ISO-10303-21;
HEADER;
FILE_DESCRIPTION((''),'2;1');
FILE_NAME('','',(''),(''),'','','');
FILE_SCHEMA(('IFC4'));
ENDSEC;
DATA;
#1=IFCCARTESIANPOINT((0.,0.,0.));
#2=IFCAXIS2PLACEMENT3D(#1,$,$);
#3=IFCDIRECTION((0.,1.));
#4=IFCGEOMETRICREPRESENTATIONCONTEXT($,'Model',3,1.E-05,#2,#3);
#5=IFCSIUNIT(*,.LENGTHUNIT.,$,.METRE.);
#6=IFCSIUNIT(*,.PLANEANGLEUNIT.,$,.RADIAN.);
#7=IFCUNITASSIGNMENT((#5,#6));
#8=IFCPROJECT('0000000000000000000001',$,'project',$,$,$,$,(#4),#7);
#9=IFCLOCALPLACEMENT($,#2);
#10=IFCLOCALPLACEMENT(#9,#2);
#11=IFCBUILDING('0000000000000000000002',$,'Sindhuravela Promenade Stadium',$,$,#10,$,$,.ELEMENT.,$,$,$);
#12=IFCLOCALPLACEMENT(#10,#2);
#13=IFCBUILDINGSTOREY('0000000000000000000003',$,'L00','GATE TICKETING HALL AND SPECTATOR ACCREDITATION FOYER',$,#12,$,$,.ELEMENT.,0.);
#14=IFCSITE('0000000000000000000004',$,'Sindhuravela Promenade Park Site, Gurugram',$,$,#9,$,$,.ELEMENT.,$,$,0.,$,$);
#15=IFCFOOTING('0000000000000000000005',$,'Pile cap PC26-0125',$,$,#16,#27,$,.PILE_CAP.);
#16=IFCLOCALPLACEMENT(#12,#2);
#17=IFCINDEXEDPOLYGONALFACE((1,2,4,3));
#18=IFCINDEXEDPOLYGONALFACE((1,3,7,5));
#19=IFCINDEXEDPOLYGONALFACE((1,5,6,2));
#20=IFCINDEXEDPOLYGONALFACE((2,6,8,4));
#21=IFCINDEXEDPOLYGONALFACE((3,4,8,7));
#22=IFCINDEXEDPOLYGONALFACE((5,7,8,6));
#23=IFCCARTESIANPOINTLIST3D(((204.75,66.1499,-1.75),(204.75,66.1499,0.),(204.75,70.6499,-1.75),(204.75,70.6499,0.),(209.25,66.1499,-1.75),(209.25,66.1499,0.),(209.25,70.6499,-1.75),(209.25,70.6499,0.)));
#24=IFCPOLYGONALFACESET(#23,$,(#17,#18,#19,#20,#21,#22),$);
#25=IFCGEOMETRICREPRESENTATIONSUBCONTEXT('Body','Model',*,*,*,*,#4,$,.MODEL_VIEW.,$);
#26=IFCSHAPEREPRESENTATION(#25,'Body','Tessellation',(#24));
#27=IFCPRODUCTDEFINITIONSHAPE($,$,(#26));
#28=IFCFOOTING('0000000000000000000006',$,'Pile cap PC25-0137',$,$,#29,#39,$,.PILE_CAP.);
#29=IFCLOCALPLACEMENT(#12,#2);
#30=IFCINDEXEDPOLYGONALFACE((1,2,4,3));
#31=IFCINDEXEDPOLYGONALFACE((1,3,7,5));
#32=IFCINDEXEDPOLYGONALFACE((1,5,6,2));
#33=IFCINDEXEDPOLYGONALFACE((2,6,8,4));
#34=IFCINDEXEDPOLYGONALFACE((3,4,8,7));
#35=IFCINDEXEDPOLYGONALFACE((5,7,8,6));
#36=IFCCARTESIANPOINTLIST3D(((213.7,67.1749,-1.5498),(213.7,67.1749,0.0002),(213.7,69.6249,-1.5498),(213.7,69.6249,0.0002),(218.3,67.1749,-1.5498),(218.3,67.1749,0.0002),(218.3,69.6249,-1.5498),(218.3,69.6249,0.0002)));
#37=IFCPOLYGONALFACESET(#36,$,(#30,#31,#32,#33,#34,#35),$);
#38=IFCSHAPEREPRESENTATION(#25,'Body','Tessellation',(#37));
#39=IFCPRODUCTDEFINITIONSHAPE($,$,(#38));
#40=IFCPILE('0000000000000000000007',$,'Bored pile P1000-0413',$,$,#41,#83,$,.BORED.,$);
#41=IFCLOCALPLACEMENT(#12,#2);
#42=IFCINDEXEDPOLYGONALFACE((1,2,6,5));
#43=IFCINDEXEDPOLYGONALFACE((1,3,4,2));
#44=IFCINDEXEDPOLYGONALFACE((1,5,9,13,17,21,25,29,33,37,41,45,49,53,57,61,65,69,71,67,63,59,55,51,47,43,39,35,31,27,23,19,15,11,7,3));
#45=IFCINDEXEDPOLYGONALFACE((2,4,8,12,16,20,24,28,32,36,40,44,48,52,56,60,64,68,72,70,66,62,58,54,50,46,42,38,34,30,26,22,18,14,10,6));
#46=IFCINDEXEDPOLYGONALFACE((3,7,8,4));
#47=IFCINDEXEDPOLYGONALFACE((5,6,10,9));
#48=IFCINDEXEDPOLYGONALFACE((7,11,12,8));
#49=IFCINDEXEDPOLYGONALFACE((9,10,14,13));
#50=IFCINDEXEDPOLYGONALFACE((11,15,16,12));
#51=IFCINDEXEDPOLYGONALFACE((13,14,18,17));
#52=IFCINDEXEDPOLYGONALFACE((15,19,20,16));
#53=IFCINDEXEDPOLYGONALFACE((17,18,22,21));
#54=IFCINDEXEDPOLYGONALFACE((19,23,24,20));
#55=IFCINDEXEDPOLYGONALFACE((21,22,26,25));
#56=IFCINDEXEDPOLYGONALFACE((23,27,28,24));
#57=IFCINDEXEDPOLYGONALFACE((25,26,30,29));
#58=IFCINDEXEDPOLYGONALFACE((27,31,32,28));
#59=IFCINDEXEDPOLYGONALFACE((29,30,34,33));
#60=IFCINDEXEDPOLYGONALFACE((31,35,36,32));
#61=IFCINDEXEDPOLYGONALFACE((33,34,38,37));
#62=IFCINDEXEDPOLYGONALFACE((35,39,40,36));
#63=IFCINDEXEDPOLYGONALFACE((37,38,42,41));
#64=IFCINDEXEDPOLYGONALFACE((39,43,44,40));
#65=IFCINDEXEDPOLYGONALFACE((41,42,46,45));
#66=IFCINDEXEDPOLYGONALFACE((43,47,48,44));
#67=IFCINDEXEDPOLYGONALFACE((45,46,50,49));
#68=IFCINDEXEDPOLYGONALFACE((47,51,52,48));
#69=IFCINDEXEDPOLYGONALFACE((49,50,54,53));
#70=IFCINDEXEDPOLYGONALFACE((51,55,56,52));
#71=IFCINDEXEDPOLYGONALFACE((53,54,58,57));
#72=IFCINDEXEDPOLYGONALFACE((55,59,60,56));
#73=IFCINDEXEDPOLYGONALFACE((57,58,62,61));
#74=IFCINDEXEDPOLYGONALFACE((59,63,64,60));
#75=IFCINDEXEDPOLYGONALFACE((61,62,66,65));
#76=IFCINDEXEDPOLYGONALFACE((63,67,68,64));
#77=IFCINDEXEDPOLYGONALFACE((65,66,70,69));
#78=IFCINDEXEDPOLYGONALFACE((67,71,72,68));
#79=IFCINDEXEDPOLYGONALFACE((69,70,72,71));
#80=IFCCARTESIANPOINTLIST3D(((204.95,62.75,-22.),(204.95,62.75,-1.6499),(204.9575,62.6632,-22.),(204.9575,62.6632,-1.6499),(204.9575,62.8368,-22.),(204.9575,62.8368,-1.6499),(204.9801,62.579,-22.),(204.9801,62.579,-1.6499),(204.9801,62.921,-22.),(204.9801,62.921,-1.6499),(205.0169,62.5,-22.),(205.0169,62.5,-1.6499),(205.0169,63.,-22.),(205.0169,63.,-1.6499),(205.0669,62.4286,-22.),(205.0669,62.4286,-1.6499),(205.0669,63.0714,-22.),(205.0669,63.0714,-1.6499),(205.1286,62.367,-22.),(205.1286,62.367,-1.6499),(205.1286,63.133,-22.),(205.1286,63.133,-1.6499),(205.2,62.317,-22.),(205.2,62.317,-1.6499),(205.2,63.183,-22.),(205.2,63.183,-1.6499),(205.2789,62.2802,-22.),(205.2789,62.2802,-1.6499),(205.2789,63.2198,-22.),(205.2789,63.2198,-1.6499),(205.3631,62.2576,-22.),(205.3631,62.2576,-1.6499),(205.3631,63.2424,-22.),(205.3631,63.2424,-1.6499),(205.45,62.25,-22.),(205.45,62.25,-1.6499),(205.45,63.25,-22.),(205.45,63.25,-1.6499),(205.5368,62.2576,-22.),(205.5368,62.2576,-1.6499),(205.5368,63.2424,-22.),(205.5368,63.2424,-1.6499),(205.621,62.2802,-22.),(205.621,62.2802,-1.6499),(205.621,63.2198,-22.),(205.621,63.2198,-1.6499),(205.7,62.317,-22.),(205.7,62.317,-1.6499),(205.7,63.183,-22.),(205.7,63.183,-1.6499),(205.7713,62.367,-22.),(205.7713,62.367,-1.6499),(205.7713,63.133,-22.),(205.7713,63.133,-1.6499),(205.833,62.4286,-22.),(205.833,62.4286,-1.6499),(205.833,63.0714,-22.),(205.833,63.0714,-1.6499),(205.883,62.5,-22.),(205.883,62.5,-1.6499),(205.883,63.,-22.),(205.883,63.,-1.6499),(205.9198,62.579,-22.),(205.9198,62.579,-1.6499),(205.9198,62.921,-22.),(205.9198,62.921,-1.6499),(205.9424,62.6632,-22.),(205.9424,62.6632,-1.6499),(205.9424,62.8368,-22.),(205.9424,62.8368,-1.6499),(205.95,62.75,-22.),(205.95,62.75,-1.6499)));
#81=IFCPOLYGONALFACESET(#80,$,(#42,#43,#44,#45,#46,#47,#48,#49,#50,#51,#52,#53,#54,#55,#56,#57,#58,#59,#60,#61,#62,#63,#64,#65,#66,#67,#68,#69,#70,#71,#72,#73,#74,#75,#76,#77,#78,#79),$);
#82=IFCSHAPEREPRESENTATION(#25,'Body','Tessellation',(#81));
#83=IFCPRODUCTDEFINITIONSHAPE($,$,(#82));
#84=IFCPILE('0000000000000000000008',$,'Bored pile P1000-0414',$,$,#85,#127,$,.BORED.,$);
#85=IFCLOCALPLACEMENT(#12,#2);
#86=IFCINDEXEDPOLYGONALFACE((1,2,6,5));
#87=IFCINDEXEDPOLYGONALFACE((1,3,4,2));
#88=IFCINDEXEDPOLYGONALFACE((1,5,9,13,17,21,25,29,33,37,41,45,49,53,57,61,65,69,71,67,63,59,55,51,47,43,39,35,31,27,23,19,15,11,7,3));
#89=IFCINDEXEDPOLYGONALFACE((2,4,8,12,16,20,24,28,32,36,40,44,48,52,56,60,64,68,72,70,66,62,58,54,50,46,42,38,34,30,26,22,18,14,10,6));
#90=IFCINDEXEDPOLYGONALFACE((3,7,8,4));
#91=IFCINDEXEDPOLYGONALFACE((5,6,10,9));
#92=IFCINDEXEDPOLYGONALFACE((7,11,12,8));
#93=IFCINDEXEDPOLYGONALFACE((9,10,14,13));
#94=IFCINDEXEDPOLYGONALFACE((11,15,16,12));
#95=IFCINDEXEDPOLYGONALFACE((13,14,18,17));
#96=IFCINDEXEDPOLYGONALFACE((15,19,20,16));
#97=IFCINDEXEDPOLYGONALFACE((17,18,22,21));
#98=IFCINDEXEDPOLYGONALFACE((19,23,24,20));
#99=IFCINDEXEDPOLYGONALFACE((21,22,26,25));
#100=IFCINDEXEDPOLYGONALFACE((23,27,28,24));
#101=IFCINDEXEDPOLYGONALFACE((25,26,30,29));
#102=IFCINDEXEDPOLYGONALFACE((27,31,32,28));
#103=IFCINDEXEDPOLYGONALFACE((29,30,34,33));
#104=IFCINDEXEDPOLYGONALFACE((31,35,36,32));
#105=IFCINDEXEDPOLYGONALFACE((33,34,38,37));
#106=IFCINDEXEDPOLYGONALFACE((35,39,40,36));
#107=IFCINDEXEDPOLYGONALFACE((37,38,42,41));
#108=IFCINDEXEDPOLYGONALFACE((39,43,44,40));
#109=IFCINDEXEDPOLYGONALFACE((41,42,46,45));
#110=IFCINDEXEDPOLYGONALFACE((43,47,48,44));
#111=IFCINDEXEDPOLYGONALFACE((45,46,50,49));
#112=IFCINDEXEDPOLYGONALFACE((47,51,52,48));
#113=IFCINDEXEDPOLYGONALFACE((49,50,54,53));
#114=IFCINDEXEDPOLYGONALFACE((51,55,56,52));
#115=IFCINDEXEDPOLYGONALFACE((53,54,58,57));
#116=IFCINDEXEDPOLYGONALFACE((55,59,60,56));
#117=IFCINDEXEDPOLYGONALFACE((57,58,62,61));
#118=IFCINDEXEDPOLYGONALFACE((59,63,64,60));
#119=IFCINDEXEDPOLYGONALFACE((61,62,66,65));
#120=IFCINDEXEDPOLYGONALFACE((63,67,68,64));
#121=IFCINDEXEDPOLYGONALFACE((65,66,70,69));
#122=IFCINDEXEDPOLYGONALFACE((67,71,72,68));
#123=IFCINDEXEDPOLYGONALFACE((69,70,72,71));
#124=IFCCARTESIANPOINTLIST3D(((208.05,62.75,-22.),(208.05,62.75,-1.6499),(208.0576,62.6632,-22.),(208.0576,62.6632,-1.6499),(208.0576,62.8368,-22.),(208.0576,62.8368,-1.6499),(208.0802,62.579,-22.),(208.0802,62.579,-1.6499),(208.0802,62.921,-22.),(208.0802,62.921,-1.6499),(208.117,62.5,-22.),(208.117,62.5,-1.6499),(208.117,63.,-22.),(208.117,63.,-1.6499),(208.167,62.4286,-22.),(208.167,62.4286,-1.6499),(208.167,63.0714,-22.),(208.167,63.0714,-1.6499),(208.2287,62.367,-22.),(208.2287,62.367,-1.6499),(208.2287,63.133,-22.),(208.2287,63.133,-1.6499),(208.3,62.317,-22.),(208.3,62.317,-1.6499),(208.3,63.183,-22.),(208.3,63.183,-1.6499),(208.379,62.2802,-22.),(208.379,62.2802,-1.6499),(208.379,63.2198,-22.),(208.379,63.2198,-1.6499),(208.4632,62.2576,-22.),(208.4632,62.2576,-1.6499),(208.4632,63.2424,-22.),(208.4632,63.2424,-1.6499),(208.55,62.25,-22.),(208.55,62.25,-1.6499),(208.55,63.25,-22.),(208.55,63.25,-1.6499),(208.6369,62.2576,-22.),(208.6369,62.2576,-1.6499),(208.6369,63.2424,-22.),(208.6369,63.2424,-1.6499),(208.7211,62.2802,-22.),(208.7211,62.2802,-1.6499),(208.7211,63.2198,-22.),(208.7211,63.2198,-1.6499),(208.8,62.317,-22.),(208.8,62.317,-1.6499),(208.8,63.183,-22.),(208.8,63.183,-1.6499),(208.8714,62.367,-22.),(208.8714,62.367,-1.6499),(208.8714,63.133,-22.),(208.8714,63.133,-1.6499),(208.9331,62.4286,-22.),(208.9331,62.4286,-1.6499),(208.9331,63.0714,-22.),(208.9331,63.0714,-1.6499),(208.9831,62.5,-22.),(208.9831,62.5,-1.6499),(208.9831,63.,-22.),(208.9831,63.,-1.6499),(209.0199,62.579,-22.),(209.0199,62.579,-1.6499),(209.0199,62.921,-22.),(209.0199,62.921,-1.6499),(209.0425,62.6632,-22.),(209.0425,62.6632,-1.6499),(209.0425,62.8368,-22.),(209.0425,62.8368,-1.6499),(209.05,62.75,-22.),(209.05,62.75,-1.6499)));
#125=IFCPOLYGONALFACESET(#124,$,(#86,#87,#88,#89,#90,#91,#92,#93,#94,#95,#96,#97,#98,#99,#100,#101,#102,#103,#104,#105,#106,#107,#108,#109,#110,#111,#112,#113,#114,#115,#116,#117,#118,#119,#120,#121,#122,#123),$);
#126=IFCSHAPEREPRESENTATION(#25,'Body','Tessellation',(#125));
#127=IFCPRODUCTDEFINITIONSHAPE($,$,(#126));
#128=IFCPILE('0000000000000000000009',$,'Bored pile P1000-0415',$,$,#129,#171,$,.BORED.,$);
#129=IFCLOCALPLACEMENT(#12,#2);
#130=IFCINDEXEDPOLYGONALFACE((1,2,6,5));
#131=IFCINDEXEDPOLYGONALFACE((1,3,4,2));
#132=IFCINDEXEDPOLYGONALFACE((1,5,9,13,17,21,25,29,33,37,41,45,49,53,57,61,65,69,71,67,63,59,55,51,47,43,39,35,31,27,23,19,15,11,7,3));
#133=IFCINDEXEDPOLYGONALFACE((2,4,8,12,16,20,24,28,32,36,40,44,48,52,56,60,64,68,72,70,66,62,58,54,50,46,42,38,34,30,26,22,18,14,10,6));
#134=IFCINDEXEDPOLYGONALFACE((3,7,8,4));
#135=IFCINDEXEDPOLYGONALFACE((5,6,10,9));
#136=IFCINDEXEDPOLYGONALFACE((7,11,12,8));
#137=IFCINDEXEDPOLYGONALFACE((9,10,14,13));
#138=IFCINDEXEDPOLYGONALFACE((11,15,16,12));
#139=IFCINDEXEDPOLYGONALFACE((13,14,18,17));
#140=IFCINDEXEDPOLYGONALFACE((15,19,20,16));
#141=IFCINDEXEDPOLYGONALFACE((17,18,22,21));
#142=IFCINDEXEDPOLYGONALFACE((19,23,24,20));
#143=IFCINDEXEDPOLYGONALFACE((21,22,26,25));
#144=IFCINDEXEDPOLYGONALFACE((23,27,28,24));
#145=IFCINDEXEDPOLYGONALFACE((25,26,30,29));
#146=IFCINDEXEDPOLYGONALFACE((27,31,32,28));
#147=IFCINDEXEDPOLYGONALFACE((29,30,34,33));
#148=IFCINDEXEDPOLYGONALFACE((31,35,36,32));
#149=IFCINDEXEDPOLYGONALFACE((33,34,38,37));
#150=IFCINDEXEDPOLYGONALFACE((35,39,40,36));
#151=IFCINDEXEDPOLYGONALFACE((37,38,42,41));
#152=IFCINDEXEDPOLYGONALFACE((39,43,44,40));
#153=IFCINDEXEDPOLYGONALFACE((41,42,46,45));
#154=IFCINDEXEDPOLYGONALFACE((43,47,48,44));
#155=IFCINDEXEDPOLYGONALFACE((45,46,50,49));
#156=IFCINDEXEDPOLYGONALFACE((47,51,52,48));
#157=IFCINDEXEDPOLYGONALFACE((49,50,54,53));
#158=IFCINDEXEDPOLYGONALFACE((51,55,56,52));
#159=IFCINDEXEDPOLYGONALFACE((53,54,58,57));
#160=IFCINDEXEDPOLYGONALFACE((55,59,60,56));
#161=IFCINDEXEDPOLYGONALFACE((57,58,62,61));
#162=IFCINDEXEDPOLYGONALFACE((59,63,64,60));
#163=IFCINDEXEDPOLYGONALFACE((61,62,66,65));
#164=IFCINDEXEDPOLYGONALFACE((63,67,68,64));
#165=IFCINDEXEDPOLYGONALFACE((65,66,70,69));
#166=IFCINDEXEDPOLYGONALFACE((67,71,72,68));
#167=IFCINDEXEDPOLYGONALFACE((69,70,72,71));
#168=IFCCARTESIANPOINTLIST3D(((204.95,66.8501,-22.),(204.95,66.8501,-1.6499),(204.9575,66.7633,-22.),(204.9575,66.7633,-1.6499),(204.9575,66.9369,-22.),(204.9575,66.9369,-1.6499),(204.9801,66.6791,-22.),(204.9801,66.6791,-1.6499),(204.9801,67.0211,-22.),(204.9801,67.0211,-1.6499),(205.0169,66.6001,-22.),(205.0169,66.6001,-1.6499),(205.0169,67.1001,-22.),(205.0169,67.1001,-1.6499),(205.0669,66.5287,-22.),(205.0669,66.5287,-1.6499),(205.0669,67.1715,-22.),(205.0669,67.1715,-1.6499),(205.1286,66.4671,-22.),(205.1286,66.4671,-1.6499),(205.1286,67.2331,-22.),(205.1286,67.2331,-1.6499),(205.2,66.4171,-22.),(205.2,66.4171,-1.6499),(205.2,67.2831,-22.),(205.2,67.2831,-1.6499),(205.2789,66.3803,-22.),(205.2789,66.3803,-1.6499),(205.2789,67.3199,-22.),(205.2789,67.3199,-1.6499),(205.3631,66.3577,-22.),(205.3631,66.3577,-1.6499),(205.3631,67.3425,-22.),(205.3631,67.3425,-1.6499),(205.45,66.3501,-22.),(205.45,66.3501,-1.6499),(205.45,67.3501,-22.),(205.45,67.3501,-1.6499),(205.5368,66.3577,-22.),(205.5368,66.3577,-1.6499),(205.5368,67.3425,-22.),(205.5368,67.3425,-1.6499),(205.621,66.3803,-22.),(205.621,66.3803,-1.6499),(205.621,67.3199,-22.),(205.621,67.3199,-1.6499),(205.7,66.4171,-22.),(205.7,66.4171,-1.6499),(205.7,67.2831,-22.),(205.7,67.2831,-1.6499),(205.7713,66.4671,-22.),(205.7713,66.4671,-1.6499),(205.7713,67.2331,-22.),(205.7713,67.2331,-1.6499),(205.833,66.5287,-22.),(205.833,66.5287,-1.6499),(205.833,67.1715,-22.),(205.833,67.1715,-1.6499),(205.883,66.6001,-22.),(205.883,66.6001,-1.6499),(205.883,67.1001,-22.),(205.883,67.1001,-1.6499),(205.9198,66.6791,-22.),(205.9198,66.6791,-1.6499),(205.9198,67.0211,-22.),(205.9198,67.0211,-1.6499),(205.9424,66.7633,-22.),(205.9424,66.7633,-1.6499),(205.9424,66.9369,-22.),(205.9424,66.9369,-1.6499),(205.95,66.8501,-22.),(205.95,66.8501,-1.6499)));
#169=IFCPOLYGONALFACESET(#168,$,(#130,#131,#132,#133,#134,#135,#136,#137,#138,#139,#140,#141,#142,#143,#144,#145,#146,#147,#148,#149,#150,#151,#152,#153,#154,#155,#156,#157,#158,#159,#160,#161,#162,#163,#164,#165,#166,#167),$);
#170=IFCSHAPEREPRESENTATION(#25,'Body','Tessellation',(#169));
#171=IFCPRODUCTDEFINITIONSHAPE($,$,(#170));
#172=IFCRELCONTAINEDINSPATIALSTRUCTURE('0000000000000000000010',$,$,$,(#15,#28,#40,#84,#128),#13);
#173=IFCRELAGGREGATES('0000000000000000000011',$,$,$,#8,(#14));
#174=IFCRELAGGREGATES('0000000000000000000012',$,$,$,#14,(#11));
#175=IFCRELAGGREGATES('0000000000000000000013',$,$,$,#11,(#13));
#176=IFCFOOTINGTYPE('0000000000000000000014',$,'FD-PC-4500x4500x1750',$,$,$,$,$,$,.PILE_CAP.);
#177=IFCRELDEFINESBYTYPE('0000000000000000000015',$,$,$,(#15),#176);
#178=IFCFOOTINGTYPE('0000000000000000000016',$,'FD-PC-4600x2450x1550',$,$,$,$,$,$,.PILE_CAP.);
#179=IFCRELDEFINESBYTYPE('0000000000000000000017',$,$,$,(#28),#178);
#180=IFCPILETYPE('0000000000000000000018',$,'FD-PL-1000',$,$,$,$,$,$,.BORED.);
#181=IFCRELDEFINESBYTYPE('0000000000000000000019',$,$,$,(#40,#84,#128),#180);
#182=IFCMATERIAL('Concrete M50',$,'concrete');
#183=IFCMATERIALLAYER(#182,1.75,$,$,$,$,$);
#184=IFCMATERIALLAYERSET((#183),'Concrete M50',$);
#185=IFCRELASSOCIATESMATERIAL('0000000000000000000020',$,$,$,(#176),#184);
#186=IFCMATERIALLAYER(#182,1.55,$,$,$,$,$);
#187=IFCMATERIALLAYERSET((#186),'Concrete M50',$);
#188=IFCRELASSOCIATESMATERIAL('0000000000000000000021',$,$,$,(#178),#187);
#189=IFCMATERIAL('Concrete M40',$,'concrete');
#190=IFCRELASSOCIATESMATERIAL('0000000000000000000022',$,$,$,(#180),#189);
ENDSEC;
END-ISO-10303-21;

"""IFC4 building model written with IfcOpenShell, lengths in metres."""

from ifc_helpers import new_model, si_unit, direction, frame, origin, origin_2d, place, context, subcontext, project, spatial, rectangle, circle, extrude, material, layer, layer_set, material_profile, profile_set, type_object, element, save


model = new_model("IFC4")

# Units and contexts
model_context = context("Model", 3, precision=1e-05, world=origin(), true_north=direction((0.0, 1.0)))
body_context = subcontext(model_context, "Body", "Model", "MODEL_VIEW")
ifc_project = project(units=[si_unit("LENGTHUNIT", "METRE"), si_unit("PLANEANGLEUNIT", "RADIAN")], contexts=[model_context])

# Site, building, storey
site_placement = place(None, origin())
site = spatial("IfcSite", under=ifc_project, at=site_placement, Name="Sindhuravela Promenade Park Site, Gurugram", CompositionType="ELEMENT", RefElevation=0.0)
building_placement = place(site_placement, origin())
building = spatial("IfcBuilding", under=site, at=building_placement, Name="Sindhuravela Promenade Stadium", CompositionType="ELEMENT")
storey_placement = place(building_placement, origin())
storey = spatial("IfcBuildingStorey", under=building, at=storey_placement, Name="L00", Description="GATE TICKETING HALL AND SPECTATOR ACCREDITATION FOYER", CompositionType="ELEMENT", Elevation=0.0)

# Footings
ifc_material_1 = material(Name="Concrete M50", Category="concrete")
ifc_layer_1 = layer(ifc_material_1, 1.75)
ifc_layer_set_1 = layer_set([ifc_layer_1], Name="Concrete M50")
footing_type_1 = type_object("IfcFootingType", Name="FD-PC-4500x4500x1750", PredefinedType="PILE_CAP", material=ifc_layer_set_1)
footing_1_placement = place(storey_placement, frame((207.0, 68.3999, -1.75), z_axis=(0.0, 0.0, 1.0), x_axis=(1.0, 0.0, 0.0)))
element("IfcFooting", 1, at=footing_1_placement, inside=storey, type_object=footing_type_1, Name="Pile cap PC26-0125", PredefinedType="PILE_CAP", context=body_context, shape_type="SweptSolid", body=[
    extrude(rectangle(XDim=4.5, YDim=4.5, at=origin_2d()), origin(), (0.0, 0.0, 1.0), 1.75),
])
ifc_layer_2 = layer(ifc_material_1, 1.55)
ifc_layer_set_2 = layer_set([ifc_layer_2], Name="Concrete M50")
footing_type_2 = type_object("IfcFootingType", Name="FD-PC-4600x2450x1550", PredefinedType="PILE_CAP", material=ifc_layer_set_2)
footing_2_placement = place(storey_placement, frame((216.0, 68.3999, -1.5498), z_axis=(0.0, 0.0, 1.0), x_axis=(1.0, 0.0, 0.0)))
element("IfcFooting", 2, at=footing_2_placement, inside=storey, type_object=footing_type_2, Name="Pile cap PC25-0137", PredefinedType="PILE_CAP", context=body_context, shape_type="SweptSolid", body=[
    extrude(rectangle(XDim=4.6001, YDim=2.45, at=origin_2d()), origin(), (0.0, 0.0, 1.0), 1.55),
])

# Piles
ifc_material_2 = material(Name="Concrete M40", Category="concrete")
ifc_material_profile_1 = material_profile(ifc_material_2, circle(Radius=0.5, at=origin_2d()), Name="BORED PILE D1000")
ifc_profile_set_1 = profile_set([ifc_material_profile_1], Name="Concrete M40")
pile_type = type_object("IfcPileType", Name="FD-PL-1000", PredefinedType="BORED", material=ifc_profile_set_1)
for number, where, z_axis, x_axis, name in (
    (3, (205.45, 62.75, -1.6499), (0.0, 0.0, -1.0), (1.0, 0.0, 0.0), "Bored pile P1000-0413"),
    (4, (208.55, 62.75, -1.6499), (0.0, 0.0, -1.0), (1.0, 0.0, 0.0), "Bored pile P1000-0414"),
    (5, (205.45, 66.8501, -1.6499), (0.0, 0.0, -1.0), (1.0, 0.0, 0.0), "Bored pile P1000-0415"),
):
    element("IfcPile", number, at=place(storey_placement, frame(where, z_axis=z_axis, x_axis=x_axis)), inside=storey, type_object=pile_type, Name=name, PredefinedType="BORED", context=body_context, shape_type="SweptSolid", body=[
        extrude(circle(Radius=0.5, at=origin_2d()), origin(), (0.0, 0.0, 1.0), 20.3501),
    ])

save(model, "model.ifc")
